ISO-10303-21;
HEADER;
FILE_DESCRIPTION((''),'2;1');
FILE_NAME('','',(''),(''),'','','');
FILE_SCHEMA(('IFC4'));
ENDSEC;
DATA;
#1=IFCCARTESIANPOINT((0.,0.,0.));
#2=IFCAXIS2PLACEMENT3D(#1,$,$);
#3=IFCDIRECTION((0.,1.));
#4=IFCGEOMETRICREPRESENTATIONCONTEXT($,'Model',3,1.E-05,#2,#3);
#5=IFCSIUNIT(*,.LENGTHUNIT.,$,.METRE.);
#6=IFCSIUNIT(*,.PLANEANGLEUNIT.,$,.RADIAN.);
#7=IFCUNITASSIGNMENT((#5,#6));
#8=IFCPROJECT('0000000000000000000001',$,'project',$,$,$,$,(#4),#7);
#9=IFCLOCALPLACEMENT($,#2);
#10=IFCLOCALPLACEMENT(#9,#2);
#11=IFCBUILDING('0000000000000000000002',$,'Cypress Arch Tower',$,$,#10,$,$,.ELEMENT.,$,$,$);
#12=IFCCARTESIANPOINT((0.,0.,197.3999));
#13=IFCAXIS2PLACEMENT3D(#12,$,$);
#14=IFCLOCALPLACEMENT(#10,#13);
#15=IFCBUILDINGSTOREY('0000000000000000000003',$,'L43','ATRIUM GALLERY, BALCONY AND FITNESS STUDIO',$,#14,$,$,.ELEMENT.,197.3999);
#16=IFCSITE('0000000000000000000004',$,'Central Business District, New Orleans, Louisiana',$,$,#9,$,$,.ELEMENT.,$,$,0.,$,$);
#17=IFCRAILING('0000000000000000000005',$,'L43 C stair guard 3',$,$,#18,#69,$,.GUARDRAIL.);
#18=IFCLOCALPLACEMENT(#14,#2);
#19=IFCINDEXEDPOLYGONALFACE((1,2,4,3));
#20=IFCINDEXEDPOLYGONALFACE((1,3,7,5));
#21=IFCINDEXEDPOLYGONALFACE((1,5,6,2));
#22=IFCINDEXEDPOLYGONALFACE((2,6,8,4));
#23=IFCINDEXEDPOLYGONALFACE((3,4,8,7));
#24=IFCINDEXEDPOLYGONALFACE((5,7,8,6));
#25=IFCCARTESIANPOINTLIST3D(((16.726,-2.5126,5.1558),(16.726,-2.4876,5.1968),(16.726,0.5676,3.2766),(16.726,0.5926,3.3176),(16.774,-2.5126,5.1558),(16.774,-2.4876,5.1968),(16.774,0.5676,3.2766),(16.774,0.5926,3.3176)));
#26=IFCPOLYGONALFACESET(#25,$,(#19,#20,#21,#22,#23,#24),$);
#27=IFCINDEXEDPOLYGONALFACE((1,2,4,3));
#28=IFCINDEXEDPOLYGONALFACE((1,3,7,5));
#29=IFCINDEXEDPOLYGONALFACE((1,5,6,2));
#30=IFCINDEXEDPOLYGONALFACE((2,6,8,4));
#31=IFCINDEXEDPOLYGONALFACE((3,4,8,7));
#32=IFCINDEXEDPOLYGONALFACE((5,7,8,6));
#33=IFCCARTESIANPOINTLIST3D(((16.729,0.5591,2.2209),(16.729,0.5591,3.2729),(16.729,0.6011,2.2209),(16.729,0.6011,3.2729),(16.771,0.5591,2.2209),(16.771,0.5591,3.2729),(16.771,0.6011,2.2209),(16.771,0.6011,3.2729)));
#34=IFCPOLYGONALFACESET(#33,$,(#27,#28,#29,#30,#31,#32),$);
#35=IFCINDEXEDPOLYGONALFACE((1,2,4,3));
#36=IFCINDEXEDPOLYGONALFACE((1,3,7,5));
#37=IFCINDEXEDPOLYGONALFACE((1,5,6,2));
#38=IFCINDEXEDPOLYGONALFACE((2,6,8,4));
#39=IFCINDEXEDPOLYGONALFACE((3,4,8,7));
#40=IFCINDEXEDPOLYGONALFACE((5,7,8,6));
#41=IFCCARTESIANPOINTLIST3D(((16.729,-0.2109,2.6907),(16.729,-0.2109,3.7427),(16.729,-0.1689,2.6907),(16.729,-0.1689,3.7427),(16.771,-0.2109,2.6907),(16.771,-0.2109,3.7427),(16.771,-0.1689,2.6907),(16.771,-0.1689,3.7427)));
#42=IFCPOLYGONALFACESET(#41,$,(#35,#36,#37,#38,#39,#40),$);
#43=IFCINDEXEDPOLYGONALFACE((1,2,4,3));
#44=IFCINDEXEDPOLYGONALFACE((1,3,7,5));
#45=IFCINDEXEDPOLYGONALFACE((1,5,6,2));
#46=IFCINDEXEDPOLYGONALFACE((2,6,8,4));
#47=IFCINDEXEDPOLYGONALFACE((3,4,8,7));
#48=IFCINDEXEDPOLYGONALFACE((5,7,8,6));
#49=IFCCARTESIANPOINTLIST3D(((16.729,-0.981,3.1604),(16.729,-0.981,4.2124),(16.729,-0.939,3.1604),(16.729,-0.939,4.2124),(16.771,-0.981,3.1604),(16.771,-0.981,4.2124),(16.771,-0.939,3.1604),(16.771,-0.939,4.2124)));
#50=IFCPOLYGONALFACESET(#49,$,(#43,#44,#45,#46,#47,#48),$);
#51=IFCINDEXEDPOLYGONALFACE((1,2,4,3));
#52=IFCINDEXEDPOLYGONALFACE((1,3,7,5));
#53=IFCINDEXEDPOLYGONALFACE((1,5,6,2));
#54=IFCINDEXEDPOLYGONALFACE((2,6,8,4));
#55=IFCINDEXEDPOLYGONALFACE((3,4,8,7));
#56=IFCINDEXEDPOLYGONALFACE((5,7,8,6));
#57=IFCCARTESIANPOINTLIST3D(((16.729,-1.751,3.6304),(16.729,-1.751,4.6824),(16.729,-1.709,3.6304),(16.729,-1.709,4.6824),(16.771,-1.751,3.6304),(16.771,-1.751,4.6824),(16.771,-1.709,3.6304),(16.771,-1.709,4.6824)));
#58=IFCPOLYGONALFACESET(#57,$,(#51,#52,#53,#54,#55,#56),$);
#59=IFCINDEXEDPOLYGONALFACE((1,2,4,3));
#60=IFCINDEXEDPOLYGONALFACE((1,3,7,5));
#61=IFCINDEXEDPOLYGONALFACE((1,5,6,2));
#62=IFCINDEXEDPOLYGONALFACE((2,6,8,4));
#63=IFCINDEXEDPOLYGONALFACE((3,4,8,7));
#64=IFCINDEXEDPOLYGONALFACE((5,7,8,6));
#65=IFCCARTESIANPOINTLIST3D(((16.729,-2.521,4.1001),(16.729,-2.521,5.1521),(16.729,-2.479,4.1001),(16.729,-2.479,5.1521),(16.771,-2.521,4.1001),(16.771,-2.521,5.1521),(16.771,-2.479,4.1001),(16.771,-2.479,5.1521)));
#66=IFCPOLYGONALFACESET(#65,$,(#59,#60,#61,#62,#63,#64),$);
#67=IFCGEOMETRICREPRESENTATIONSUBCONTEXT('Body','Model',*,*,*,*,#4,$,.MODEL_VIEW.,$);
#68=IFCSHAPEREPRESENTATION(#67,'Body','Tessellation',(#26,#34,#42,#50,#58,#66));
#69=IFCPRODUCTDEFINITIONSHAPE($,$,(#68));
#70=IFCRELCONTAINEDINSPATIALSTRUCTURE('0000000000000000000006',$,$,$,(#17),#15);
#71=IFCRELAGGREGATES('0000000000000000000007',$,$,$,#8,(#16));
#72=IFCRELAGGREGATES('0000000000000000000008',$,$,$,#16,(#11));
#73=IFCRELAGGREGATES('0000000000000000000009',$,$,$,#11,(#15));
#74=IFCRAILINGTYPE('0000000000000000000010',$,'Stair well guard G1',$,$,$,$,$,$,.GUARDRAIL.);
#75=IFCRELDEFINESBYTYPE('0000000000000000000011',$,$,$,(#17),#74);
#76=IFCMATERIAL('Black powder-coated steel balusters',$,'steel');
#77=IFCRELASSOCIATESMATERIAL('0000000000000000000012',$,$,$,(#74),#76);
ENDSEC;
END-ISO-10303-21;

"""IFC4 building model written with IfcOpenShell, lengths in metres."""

from ifc_helpers import new_model, si_unit, direction, frame, origin, origin_2d, place, context, subcontext, project, spatial, rectangle, extrude, material, type_object, element, save


model = new_model("IFC4")

# Units and contexts
model_context = context("Model", 3, precision=1e-05, world=origin(), true_north=direction((0.0, 1.0)))
body_context = subcontext(model_context, "Body", "Model", "MODEL_VIEW")
ifc_project = project(units=[si_unit("LENGTHUNIT", "METRE"), si_unit("PLANEANGLEUNIT", "RADIAN")], contexts=[model_context])

# Site, building, storey
site_placement = place(None, origin())
site = spatial("IfcSite", under=ifc_project, at=site_placement, Name="Central Business District, New Orleans, Louisiana", CompositionType="ELEMENT", RefElevation=0.0)
building_placement = place(site_placement, origin())
building = spatial("IfcBuilding", under=site, at=building_placement, Name="Cypress Arch Tower", CompositionType="ELEMENT")
storey_placement = place(building_placement, frame((0.0, 0.0, 197.3999)))
storey = spatial("IfcBuildingStorey", under=building, at=storey_placement, Name="L43", Description="ATRIUM GALLERY, BALCONY AND FITNESS STUDIO", CompositionType="ELEMENT", Elevation=197.3999)

# Railing
ifc_material_1 = material(Name="Black powder-coated steel balusters", Category="steel")
railing_type_1 = type_object("IfcRailingType", Name="Stair well guard G1", PredefinedType="GUARDRAIL", material=ifc_material_1)
railing_1_placement = place(storey_placement, frame((16.75, 0.5801, 2.2209)))
element("IfcRailing", 1, at=railing_1_placement, inside=storey, type_object=railing_type_1, Name="L43 C stair guard 3", PredefinedType="GUARDRAIL", context=body_context, shape_type="SweptSolid", body=[
    extrude(rectangle(XDim=0.0481, YDim=0.0481, at=origin_2d()), frame((0.0, 0.0, 1.0762), z_axis=(0.0, -0.853666, 0.52082), x_axis=(1.0, 0.0, 0.0)), (0.0, 0.0, 1.0), 3.6082),
    extrude(rectangle(XDim=0.042, YDim=0.042, at=origin_2d()), origin(), (0.0, 0.0, 1.0), 1.052),
    extrude(rectangle(XDim=0.042, YDim=0.042, at=origin_2d()), frame((0.0, -0.77, 0.4697)), (0.0, 0.0, 1.0), 1.052),
    extrude(rectangle(XDim=0.042, YDim=0.042, at=origin_2d()), frame((0.0, -1.54, 0.9395)), (0.0, 0.0, 1.0), 1.052),
    extrude(rectangle(XDim=0.042, YDim=0.042, at=origin_2d()), frame((0.0, -2.3101, 1.4094)), (0.0, 0.0, 1.0), 1.052),
    extrude(rectangle(XDim=0.042, YDim=0.042, at=origin_2d()), frame((0.0, -3.0801, 1.8792)), (0.0, 0.0, 1.0), 1.052),
])

save(model, "model.ifc")
